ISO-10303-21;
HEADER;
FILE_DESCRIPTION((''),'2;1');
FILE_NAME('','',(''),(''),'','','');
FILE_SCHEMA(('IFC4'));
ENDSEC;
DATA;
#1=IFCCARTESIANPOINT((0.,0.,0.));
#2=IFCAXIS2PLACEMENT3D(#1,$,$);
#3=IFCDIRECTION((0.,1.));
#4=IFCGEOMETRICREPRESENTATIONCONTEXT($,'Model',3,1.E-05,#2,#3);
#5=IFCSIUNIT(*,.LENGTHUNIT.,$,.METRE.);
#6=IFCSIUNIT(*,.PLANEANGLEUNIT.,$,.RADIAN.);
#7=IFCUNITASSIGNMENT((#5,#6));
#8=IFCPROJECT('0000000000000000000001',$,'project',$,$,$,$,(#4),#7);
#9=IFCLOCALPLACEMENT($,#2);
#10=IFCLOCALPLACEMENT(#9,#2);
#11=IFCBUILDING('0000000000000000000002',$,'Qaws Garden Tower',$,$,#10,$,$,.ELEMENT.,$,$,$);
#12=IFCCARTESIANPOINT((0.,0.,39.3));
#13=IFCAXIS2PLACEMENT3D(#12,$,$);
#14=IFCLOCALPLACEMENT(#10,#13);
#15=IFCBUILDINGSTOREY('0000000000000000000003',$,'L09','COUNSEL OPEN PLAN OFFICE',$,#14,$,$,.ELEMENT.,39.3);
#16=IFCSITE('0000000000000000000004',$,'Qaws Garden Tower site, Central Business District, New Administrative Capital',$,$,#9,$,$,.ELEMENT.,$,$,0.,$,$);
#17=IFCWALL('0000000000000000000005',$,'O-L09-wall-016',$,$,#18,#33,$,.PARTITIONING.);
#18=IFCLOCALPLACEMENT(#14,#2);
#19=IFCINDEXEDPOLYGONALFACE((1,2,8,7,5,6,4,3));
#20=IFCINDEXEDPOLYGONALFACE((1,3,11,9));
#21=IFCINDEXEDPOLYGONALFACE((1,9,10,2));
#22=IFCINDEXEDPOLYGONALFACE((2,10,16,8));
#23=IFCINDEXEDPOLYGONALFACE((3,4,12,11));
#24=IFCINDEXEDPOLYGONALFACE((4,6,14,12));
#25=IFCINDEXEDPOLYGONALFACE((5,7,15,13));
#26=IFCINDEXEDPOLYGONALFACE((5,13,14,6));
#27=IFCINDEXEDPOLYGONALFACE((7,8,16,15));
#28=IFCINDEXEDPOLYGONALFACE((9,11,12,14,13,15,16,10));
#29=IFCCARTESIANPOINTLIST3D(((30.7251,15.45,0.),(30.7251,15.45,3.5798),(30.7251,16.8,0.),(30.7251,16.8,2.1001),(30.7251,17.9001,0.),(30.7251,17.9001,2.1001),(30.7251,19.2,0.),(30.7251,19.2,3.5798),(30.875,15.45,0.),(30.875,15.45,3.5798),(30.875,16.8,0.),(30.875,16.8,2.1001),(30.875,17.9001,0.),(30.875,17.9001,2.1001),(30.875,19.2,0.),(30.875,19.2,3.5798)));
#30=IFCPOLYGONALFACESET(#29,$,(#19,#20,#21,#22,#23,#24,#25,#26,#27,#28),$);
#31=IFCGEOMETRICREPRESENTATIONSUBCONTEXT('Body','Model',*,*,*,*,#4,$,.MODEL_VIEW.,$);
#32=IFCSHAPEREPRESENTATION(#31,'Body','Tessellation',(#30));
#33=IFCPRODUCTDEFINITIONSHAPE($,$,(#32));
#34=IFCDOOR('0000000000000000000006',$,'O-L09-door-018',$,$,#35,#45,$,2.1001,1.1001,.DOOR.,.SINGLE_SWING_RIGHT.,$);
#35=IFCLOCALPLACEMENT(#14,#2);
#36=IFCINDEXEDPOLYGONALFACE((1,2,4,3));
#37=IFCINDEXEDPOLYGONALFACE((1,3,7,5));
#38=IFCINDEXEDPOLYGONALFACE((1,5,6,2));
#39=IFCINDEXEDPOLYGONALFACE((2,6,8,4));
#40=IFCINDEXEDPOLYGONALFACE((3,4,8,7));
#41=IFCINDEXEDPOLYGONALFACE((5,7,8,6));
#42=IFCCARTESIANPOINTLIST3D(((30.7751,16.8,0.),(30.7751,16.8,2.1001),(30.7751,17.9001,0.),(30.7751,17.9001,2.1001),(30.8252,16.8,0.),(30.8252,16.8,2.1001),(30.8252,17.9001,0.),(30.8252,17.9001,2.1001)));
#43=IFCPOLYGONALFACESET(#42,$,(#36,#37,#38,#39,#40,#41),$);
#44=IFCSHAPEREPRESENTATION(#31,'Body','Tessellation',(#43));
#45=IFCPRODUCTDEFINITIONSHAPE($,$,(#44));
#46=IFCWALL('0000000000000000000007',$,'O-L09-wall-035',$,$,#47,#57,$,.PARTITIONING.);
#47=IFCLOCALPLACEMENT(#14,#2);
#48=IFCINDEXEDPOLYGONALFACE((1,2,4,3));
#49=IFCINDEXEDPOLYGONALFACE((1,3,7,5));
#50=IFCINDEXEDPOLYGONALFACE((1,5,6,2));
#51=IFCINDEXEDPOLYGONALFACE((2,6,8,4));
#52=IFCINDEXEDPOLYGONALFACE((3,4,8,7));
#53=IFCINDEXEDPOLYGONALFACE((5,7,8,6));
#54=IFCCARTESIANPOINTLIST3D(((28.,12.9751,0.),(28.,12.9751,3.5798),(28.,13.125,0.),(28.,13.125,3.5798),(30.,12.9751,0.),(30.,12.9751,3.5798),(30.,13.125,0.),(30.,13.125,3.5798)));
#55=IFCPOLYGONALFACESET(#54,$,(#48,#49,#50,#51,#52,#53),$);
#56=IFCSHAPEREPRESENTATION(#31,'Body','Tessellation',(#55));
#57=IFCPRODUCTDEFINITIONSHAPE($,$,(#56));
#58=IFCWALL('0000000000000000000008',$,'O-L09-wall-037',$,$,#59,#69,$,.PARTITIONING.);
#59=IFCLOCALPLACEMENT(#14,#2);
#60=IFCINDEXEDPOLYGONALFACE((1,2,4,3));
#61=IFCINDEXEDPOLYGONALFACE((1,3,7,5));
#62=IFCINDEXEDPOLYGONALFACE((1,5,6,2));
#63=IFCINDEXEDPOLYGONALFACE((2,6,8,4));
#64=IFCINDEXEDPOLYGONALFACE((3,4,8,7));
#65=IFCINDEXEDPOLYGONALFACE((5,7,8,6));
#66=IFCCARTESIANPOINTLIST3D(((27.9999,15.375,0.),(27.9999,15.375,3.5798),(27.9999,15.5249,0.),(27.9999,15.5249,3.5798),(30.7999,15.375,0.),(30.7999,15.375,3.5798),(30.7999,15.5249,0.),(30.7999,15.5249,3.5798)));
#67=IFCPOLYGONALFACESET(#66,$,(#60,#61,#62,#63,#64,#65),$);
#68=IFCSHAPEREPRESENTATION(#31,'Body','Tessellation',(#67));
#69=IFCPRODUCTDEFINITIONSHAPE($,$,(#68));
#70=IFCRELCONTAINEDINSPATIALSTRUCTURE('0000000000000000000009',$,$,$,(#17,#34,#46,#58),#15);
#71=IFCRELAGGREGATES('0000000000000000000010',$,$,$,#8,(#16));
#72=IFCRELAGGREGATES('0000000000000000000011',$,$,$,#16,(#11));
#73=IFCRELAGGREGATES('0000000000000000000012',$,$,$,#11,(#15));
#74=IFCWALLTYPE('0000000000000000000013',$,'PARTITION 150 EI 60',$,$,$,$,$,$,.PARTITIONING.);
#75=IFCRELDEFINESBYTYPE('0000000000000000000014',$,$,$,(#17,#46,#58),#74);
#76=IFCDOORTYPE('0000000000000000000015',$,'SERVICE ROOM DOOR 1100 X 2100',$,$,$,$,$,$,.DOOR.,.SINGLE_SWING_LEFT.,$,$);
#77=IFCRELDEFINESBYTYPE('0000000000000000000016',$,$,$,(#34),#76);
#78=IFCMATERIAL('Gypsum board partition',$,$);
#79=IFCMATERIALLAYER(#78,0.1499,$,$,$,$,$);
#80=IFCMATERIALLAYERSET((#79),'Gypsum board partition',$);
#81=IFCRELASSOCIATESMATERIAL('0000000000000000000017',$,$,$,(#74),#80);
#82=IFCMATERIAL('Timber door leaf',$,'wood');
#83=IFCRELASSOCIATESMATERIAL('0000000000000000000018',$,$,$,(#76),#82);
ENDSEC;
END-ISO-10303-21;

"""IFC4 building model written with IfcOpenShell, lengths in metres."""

from ifc_helpers import new_model, si_unit, direction, frame, frame_2d, origin, place, context, subcontext, project, spatial, rectangle, extrude, material, layer, layer_set, type_object, element, fill, save


model = new_model("IFC4")

# Units and contexts
model_context = context("Model", 3, precision=1e-05, world=origin(), true_north=direction((0.0, 1.0)))
body_context = subcontext(model_context, "Body", "Model", "MODEL_VIEW")
ifc_project = project(units=[si_unit("LENGTHUNIT", "METRE"), si_unit("PLANEANGLEUNIT", "RADIAN")], contexts=[model_context])

# Site, building, storey
site_placement = place(None, origin())
site = spatial("IfcSite", under=ifc_project, at=site_placement, Name="Qaws Garden Tower site, Central Business District, New Administrative Capital", CompositionType="ELEMENT", RefElevation=0.0)
building_placement = place(site_placement, origin())
building = spatial("IfcBuilding", under=site, at=building_placement, Name="Qaws Garden Tower", CompositionType="ELEMENT")
storey_placement = place(building_placement, frame((0.0, 0.0, 39.3)))
storey = spatial("IfcBuildingStorey", under=building, at=storey_placement, Name="L09", Description="COUNSEL OPEN PLAN OFFICE", CompositionType="ELEMENT", Elevation=39.3)

# Wall, opening, door
ifc_material_1 = material(Name="Gypsum board partition")
ifc_layer_1 = layer(ifc_material_1, 0.1499)
ifc_layer_set_1 = layer_set([ifc_layer_1], Name="Gypsum board partition")
wall_type_1 = type_object("IfcWallType", Name="PARTITION 150 EI 60", PredefinedType="PARTITIONING", material=ifc_layer_set_1)
wall_1_placement = place(storey_placement, frame((30.8, 15.45, 0.0), z_axis=(0.0, 0.0, 1.0), x_axis=(0.0, 1.0, 0.0)))
wall_1 = element("IfcWall", 1, at=wall_1_placement, inside=storey, type_object=wall_type_1, Name="O-L09-wall-016", PredefinedType="PARTITIONING", context=body_context, shape_type="SweptSolid", body=[
    extrude(rectangle(XDim=3.75, YDim=0.1499, at=frame_2d((1.875, 0.0))), origin(), (0.0, 0.0, 1.0), 3.5798),
])
opening_1_placement = place(wall_1_placement, frame((1.3501, 0.0, 0.0)))
opening_1 = element("IfcOpeningElement", 2, at=opening_1_placement, cuts=wall_1, PredefinedType="OPENING", context=body_context, shape_type="SweptSolid", body=[
    extrude(rectangle(XDim=1.1001, YDim=2.1001, at=frame_2d((0.55, 1.05))), frame((0.0, 0.085, 0.0), z_axis=(0.0, -1.0, 0.0), x_axis=(1.0, 0.0, 0.0)), (0.0, 0.0, 1.0), 0.1699),
])
ifc_material_2 = material(Name="Timber door leaf", Category="wood")
door_type_1 = type_object("IfcDoorType", Name="SERVICE ROOM DOOR 1100 X 2100", OperationType="SINGLE_SWING_LEFT", PredefinedType="DOOR", material=ifc_material_2)
door_1_placement = place(opening_1_placement, origin())
door_1 = element("IfcDoor", 3, at=door_1_placement, inside=storey, type_object=door_type_1, Name="O-L09-door-018", OperationType="SINGLE_SWING_RIGHT", OverallHeight=2.1001, OverallWidth=1.1001, PredefinedType="DOOR", context=body_context, shape_type="SweptSolid", body=[
    extrude(rectangle(XDim=1.1001, YDim=2.1001, at=frame_2d((0.55, 1.05))), frame((0.0, 0.0249, 0.0), z_axis=(0.0, -1.0, 0.0), x_axis=(1.0, 0.0, 0.0)), (0.0, 0.0, 1.0), 0.05),
])
fill(opening_1, door_1)

# Walls
wall_2_placement = place(storey_placement, frame((28.0, 13.05, 0.0), z_axis=(0.0, 0.0, 1.0), x_axis=(1.0, 0.0, 0.0)))
element("IfcWall", 4, at=wall_2_placement, inside=storey, type_object=wall_type_1, Name="O-L09-wall-035", PredefinedType="PARTITIONING", context=body_context, shape_type="SweptSolid", body=[
    extrude(rectangle(XDim=2.0, YDim=0.1499, at=frame_2d((1.0, 0.0))), origin(), (0.0, 0.0, 1.0), 3.5798),
])
wall_3_placement = place(storey_placement, frame((28.0, 15.45, 0.0), z_axis=(0.0, 0.0, 1.0), x_axis=(1.0, 0.0, 0.0)))
element("IfcWall", 5, at=wall_3_placement, inside=storey, type_object=wall_type_1, Name="O-L09-wall-037", PredefinedType="PARTITIONING", context=body_context, shape_type="SweptSolid", body=[
    extrude(rectangle(XDim=2.8, YDim=0.1499, at=frame_2d((1.3999, 0.0))), origin(), (0.0, 0.0, 1.0), 3.5798),
])

save(model, "model.ifc")
